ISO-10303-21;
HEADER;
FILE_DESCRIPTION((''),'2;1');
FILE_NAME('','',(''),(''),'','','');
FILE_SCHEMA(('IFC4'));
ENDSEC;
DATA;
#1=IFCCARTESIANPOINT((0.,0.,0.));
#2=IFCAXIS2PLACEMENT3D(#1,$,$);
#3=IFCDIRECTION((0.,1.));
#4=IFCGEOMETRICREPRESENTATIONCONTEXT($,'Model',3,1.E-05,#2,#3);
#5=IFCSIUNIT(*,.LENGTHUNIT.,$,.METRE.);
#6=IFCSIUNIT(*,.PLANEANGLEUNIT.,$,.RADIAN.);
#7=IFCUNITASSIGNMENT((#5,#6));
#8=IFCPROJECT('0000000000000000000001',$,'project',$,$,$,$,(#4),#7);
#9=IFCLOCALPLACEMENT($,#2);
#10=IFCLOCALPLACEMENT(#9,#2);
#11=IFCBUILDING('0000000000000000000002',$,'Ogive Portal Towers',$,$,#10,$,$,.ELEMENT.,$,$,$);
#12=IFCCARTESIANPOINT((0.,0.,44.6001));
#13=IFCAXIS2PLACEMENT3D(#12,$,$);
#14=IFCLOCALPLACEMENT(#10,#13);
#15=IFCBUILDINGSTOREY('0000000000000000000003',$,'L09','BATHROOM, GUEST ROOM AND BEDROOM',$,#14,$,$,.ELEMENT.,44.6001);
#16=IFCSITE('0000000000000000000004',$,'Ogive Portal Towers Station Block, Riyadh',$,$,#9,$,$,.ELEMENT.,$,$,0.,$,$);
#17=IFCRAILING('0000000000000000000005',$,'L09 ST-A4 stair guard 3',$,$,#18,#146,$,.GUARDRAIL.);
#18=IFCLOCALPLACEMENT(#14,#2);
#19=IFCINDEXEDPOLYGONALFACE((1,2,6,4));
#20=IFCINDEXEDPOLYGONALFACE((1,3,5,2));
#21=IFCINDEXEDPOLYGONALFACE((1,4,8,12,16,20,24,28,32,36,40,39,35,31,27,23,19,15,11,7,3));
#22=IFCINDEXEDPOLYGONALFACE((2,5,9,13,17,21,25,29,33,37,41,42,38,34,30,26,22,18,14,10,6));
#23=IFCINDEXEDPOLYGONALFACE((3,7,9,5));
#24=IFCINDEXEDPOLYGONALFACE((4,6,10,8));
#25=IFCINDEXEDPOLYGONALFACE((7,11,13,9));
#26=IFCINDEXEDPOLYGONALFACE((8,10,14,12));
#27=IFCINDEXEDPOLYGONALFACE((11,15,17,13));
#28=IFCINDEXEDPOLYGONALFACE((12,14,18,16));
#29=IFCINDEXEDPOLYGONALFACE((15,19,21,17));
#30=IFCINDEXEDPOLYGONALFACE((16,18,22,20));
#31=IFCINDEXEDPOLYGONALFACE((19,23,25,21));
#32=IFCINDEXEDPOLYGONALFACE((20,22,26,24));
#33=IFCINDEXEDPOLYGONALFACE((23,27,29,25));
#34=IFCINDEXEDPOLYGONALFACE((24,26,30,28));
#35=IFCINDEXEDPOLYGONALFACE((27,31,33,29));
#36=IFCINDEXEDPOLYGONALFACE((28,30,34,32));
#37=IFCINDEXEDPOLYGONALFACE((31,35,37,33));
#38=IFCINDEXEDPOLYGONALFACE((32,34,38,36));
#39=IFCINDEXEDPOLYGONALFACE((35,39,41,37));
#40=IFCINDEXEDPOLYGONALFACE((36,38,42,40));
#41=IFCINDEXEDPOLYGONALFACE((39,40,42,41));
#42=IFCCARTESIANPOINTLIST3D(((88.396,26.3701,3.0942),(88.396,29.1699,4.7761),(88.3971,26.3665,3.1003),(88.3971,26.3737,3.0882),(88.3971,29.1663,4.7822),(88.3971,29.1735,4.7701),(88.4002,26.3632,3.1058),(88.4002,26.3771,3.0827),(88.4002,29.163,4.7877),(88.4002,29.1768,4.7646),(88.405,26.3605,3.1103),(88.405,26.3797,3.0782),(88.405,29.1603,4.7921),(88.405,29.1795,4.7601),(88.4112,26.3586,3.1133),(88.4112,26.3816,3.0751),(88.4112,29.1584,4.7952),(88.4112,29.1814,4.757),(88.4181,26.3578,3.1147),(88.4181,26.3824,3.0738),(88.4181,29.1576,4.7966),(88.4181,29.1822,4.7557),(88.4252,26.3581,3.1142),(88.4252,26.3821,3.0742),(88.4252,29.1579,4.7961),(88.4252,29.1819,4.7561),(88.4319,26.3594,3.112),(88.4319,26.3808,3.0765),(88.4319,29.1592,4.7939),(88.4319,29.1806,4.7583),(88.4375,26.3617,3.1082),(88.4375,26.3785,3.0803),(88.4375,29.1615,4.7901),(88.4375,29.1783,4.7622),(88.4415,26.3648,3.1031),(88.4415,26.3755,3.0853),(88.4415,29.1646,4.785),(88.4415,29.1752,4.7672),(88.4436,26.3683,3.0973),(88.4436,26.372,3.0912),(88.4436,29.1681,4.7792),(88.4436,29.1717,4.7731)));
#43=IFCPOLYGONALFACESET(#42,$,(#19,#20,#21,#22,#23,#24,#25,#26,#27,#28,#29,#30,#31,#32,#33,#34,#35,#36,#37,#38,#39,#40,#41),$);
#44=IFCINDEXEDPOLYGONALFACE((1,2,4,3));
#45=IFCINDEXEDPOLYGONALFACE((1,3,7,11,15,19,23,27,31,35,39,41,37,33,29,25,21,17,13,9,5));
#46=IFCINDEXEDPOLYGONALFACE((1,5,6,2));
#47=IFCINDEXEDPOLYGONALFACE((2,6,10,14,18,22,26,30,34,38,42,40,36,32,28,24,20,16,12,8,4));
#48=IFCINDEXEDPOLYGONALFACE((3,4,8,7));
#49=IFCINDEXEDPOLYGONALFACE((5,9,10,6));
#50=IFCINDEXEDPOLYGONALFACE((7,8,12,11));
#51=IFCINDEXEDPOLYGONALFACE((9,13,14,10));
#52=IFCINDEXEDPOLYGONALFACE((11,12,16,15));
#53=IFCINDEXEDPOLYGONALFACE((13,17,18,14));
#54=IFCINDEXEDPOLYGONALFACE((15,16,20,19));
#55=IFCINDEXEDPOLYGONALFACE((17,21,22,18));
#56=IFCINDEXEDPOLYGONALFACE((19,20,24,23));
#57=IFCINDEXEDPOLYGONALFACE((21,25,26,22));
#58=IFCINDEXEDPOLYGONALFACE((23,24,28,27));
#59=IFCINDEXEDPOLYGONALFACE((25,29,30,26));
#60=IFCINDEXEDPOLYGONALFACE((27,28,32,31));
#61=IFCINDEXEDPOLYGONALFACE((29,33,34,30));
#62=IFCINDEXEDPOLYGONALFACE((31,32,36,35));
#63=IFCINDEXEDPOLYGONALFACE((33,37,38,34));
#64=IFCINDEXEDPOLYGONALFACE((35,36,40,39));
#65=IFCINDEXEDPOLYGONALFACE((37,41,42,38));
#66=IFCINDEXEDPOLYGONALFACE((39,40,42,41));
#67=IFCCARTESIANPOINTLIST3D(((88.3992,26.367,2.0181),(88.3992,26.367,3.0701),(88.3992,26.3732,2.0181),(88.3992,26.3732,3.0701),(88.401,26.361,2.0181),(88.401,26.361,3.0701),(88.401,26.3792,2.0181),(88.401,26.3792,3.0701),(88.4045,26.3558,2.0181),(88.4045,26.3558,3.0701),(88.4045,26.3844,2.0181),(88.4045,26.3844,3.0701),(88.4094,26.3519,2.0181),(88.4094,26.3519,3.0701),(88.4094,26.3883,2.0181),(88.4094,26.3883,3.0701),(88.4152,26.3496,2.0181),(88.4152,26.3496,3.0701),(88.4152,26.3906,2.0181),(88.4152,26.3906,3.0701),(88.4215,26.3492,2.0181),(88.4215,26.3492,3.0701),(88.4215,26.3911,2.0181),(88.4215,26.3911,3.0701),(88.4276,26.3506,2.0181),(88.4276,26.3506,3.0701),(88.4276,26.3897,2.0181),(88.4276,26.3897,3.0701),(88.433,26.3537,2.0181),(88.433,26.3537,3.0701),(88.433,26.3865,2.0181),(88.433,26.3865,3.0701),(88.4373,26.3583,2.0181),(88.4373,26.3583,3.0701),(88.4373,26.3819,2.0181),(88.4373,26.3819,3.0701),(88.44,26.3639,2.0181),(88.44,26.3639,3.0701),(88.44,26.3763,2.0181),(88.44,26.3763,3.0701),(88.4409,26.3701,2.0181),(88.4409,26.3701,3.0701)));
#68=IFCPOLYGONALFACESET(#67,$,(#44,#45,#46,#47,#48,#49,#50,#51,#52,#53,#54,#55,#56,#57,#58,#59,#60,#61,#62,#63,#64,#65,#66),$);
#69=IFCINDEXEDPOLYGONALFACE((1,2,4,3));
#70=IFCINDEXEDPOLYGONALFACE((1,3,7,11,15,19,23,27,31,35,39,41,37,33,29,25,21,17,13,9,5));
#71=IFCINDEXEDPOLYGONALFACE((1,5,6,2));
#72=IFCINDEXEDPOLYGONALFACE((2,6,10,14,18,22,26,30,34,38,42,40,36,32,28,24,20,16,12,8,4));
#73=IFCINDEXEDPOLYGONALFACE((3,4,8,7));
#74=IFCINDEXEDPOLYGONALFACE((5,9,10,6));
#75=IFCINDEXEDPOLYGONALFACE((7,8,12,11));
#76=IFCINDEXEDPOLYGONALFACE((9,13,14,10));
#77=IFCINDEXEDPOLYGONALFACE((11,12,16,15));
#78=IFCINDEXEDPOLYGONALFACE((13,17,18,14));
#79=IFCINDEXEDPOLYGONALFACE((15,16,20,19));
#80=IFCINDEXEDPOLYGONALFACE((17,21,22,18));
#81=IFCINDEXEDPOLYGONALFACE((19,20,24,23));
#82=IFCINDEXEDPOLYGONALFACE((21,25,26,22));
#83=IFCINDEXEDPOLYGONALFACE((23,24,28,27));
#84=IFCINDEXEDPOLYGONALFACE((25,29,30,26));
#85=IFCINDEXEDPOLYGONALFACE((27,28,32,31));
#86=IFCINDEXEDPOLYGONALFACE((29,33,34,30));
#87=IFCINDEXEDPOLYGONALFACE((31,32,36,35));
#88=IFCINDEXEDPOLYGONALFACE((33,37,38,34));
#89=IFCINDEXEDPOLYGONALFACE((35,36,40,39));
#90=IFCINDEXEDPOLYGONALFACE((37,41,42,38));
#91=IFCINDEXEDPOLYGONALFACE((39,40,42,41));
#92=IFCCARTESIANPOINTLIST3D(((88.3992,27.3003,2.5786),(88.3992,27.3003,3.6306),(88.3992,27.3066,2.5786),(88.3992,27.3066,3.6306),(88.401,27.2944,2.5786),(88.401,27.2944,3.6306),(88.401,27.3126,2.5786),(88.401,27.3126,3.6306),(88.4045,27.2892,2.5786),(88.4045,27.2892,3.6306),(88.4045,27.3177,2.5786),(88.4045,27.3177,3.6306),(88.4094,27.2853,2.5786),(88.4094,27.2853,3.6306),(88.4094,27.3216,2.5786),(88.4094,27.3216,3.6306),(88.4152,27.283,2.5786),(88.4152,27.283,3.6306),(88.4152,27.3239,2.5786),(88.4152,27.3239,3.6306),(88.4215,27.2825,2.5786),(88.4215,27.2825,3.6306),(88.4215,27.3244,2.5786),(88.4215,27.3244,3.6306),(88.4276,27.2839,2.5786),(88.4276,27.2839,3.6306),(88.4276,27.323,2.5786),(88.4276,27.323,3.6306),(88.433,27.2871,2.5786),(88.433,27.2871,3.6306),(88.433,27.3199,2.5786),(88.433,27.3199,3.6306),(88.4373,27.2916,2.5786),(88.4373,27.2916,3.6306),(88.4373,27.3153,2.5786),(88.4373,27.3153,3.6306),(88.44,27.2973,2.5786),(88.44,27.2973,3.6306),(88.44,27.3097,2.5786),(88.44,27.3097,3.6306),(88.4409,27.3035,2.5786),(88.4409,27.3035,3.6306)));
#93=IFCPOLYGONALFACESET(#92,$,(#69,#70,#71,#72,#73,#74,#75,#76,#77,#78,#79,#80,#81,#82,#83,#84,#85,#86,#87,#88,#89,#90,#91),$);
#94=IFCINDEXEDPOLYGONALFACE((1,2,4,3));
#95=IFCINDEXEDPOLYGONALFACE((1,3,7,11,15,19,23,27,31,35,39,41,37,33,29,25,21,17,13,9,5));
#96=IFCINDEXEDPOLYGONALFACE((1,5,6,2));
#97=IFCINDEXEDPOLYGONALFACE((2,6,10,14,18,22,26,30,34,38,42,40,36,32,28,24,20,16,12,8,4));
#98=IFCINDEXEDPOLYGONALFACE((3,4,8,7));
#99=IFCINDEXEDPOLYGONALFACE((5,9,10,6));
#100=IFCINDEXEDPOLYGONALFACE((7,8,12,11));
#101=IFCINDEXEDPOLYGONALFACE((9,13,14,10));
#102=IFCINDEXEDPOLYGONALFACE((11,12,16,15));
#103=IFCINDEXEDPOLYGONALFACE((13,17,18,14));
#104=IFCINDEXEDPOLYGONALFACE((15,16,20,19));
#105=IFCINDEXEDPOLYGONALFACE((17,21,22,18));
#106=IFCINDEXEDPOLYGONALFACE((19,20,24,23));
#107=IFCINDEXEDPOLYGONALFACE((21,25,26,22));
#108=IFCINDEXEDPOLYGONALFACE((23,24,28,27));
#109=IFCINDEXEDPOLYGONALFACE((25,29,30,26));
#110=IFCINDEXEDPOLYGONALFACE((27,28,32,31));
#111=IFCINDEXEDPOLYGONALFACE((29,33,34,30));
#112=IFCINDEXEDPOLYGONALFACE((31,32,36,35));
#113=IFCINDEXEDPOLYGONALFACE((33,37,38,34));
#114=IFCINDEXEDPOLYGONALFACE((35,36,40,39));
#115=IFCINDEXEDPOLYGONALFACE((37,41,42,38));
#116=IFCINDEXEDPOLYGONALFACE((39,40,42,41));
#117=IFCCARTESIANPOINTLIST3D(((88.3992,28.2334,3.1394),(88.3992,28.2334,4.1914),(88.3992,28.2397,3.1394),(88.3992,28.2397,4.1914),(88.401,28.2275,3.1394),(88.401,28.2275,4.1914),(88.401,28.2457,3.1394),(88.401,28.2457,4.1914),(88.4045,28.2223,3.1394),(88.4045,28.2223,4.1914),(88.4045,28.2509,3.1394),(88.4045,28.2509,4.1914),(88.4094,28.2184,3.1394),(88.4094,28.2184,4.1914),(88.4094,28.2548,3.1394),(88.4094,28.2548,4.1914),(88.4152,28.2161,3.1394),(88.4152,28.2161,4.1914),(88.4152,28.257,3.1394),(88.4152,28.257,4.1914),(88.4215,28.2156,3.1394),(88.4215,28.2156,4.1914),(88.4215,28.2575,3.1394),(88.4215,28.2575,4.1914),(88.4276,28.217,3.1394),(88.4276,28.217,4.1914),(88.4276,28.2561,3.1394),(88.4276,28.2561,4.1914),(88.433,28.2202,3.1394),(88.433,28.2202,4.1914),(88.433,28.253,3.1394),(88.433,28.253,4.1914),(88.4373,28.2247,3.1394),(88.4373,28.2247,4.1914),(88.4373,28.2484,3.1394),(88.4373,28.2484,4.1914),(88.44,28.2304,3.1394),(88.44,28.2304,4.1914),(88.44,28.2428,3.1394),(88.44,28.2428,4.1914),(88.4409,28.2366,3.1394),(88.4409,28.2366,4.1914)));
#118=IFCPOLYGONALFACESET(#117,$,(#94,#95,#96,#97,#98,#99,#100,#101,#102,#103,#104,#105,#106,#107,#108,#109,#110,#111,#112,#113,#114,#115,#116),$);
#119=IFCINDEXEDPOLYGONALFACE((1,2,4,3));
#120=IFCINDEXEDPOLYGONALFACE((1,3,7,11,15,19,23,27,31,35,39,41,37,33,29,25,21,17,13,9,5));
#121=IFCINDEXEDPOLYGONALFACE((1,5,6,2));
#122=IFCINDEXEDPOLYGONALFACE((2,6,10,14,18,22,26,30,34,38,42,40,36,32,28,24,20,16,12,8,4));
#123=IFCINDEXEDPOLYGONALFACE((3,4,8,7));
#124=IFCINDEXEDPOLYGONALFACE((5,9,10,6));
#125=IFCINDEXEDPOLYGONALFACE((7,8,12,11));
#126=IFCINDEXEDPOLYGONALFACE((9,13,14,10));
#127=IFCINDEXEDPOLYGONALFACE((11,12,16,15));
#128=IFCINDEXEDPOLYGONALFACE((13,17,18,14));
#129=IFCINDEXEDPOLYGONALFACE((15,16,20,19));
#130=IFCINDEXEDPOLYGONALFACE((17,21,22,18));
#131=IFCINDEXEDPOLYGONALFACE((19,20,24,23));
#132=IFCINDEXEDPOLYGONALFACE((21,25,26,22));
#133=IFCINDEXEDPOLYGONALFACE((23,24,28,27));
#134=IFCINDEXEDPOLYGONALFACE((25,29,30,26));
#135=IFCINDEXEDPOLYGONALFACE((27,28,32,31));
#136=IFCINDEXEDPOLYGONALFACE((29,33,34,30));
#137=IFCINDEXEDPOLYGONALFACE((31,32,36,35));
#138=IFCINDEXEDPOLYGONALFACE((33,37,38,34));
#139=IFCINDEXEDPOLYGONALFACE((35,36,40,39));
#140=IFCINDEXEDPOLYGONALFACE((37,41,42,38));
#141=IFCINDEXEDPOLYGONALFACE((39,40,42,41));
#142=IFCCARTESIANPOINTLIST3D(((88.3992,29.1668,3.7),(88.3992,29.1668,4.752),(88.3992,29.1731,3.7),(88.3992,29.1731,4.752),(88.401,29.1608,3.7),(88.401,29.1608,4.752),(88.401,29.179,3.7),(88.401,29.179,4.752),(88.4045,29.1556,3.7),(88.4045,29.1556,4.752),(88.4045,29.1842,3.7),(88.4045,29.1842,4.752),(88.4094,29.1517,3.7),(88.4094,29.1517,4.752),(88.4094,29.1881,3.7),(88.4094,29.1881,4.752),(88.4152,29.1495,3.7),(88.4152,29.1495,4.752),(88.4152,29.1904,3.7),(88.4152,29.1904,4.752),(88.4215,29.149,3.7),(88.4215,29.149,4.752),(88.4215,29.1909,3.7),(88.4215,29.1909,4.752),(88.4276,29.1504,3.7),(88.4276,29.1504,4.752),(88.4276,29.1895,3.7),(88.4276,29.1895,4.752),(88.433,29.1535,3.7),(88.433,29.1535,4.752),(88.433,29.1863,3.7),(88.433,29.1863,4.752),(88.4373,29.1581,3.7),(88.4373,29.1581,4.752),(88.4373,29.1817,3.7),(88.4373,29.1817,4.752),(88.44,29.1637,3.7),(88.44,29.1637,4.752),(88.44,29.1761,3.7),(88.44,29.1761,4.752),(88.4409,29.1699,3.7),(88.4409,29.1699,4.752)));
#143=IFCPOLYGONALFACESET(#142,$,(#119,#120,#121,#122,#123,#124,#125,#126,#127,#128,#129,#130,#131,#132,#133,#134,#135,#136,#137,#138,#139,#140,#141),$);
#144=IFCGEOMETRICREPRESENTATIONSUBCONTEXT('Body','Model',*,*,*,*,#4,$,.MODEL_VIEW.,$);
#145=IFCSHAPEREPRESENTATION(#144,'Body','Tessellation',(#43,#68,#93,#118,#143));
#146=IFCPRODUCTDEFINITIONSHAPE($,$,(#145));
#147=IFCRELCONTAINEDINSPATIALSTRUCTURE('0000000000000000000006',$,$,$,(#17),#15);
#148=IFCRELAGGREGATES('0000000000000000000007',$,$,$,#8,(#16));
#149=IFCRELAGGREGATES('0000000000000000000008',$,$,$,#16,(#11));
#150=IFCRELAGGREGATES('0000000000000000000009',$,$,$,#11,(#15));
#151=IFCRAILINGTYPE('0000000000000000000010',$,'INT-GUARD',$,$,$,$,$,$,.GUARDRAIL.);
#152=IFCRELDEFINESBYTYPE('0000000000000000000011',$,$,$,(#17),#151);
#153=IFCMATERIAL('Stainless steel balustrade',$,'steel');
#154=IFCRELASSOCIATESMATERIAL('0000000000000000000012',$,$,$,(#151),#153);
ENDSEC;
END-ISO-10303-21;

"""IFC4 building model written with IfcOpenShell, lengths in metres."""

from ifc_helpers import new_model, si_unit, direction, frame, origin, origin_2d, place, context, subcontext, project, spatial, circle, extrude, material, type_object, element, save


model = new_model("IFC4")

# Units and contexts
model_context = context("Model", 3, precision=1e-05, world=origin(), true_north=direction((0.0, 1.0)))
body_context = subcontext(model_context, "Body", "Model", "MODEL_VIEW")
ifc_project = project(units=[si_unit("LENGTHUNIT", "METRE"), si_unit("PLANEANGLEUNIT", "RADIAN")], contexts=[model_context])

# Site, building, storey
site_placement = place(None, origin())
site = spatial("IfcSite", under=ifc_project, at=site_placement, Name="Ogive Portal Towers Station Block, Riyadh", CompositionType="ELEMENT", RefElevation=0.0)
building_placement = place(site_placement, origin())
building = spatial("IfcBuilding", under=site, at=building_placement, Name="Ogive Portal Towers", CompositionType="ELEMENT")
storey_placement = place(building_placement, frame((0.0, 0.0, 44.6001)))
storey = spatial("IfcBuildingStorey", under=building, at=storey_placement, Name="L09", Description="BATHROOM, GUEST ROOM AND BEDROOM", CompositionType="ELEMENT", Elevation=44.6001)

# Railing
ifc_material_1 = material(Name="Stainless steel balustrade", Category="steel")
railing_type_1 = type_object("IfcRailingType", Name="INT-GUARD", PredefinedType="GUARDRAIL", material=ifc_material_1)
railing_1_placement = place(storey_placement, frame((88.4199, 26.3701, 2.0181)))
element("IfcRailing", 1, at=railing_1_placement, inside=storey, type_object=railing_type_1, Name="L09 ST-A4 stair guard 3", PredefinedType="GUARDRAIL", context=body_context, shape_type="SweptSolid", body=[
    extrude(circle(Radius=0.0239, at=origin_2d()), frame((0.0, 0.0, 1.0762), z_axis=(0.0, 0.857222, 0.514946), x_axis=(-1.0, 0.0, 0.0)), (0.0, 0.0, 1.0), 3.2661),
    extrude(circle(Radius=0.021, at=origin_2d()), origin(), (0.0, 0.0, 1.0), 1.052),
    extrude(circle(Radius=0.021, at=origin_2d()), frame((0.0, 0.9333, 0.5605)), (0.0, 0.0, 1.0), 1.052),
    extrude(circle(Radius=0.021, at=origin_2d()), frame((0.0, 1.8665, 1.1213)), (0.0, 0.0, 1.0), 1.052),
    extrude(circle(Radius=0.021, at=origin_2d()), frame((0.0, 2.7998, 1.6819)), (0.0, 0.0, 1.0), 1.052),
])

save(model, "model.ifc")
